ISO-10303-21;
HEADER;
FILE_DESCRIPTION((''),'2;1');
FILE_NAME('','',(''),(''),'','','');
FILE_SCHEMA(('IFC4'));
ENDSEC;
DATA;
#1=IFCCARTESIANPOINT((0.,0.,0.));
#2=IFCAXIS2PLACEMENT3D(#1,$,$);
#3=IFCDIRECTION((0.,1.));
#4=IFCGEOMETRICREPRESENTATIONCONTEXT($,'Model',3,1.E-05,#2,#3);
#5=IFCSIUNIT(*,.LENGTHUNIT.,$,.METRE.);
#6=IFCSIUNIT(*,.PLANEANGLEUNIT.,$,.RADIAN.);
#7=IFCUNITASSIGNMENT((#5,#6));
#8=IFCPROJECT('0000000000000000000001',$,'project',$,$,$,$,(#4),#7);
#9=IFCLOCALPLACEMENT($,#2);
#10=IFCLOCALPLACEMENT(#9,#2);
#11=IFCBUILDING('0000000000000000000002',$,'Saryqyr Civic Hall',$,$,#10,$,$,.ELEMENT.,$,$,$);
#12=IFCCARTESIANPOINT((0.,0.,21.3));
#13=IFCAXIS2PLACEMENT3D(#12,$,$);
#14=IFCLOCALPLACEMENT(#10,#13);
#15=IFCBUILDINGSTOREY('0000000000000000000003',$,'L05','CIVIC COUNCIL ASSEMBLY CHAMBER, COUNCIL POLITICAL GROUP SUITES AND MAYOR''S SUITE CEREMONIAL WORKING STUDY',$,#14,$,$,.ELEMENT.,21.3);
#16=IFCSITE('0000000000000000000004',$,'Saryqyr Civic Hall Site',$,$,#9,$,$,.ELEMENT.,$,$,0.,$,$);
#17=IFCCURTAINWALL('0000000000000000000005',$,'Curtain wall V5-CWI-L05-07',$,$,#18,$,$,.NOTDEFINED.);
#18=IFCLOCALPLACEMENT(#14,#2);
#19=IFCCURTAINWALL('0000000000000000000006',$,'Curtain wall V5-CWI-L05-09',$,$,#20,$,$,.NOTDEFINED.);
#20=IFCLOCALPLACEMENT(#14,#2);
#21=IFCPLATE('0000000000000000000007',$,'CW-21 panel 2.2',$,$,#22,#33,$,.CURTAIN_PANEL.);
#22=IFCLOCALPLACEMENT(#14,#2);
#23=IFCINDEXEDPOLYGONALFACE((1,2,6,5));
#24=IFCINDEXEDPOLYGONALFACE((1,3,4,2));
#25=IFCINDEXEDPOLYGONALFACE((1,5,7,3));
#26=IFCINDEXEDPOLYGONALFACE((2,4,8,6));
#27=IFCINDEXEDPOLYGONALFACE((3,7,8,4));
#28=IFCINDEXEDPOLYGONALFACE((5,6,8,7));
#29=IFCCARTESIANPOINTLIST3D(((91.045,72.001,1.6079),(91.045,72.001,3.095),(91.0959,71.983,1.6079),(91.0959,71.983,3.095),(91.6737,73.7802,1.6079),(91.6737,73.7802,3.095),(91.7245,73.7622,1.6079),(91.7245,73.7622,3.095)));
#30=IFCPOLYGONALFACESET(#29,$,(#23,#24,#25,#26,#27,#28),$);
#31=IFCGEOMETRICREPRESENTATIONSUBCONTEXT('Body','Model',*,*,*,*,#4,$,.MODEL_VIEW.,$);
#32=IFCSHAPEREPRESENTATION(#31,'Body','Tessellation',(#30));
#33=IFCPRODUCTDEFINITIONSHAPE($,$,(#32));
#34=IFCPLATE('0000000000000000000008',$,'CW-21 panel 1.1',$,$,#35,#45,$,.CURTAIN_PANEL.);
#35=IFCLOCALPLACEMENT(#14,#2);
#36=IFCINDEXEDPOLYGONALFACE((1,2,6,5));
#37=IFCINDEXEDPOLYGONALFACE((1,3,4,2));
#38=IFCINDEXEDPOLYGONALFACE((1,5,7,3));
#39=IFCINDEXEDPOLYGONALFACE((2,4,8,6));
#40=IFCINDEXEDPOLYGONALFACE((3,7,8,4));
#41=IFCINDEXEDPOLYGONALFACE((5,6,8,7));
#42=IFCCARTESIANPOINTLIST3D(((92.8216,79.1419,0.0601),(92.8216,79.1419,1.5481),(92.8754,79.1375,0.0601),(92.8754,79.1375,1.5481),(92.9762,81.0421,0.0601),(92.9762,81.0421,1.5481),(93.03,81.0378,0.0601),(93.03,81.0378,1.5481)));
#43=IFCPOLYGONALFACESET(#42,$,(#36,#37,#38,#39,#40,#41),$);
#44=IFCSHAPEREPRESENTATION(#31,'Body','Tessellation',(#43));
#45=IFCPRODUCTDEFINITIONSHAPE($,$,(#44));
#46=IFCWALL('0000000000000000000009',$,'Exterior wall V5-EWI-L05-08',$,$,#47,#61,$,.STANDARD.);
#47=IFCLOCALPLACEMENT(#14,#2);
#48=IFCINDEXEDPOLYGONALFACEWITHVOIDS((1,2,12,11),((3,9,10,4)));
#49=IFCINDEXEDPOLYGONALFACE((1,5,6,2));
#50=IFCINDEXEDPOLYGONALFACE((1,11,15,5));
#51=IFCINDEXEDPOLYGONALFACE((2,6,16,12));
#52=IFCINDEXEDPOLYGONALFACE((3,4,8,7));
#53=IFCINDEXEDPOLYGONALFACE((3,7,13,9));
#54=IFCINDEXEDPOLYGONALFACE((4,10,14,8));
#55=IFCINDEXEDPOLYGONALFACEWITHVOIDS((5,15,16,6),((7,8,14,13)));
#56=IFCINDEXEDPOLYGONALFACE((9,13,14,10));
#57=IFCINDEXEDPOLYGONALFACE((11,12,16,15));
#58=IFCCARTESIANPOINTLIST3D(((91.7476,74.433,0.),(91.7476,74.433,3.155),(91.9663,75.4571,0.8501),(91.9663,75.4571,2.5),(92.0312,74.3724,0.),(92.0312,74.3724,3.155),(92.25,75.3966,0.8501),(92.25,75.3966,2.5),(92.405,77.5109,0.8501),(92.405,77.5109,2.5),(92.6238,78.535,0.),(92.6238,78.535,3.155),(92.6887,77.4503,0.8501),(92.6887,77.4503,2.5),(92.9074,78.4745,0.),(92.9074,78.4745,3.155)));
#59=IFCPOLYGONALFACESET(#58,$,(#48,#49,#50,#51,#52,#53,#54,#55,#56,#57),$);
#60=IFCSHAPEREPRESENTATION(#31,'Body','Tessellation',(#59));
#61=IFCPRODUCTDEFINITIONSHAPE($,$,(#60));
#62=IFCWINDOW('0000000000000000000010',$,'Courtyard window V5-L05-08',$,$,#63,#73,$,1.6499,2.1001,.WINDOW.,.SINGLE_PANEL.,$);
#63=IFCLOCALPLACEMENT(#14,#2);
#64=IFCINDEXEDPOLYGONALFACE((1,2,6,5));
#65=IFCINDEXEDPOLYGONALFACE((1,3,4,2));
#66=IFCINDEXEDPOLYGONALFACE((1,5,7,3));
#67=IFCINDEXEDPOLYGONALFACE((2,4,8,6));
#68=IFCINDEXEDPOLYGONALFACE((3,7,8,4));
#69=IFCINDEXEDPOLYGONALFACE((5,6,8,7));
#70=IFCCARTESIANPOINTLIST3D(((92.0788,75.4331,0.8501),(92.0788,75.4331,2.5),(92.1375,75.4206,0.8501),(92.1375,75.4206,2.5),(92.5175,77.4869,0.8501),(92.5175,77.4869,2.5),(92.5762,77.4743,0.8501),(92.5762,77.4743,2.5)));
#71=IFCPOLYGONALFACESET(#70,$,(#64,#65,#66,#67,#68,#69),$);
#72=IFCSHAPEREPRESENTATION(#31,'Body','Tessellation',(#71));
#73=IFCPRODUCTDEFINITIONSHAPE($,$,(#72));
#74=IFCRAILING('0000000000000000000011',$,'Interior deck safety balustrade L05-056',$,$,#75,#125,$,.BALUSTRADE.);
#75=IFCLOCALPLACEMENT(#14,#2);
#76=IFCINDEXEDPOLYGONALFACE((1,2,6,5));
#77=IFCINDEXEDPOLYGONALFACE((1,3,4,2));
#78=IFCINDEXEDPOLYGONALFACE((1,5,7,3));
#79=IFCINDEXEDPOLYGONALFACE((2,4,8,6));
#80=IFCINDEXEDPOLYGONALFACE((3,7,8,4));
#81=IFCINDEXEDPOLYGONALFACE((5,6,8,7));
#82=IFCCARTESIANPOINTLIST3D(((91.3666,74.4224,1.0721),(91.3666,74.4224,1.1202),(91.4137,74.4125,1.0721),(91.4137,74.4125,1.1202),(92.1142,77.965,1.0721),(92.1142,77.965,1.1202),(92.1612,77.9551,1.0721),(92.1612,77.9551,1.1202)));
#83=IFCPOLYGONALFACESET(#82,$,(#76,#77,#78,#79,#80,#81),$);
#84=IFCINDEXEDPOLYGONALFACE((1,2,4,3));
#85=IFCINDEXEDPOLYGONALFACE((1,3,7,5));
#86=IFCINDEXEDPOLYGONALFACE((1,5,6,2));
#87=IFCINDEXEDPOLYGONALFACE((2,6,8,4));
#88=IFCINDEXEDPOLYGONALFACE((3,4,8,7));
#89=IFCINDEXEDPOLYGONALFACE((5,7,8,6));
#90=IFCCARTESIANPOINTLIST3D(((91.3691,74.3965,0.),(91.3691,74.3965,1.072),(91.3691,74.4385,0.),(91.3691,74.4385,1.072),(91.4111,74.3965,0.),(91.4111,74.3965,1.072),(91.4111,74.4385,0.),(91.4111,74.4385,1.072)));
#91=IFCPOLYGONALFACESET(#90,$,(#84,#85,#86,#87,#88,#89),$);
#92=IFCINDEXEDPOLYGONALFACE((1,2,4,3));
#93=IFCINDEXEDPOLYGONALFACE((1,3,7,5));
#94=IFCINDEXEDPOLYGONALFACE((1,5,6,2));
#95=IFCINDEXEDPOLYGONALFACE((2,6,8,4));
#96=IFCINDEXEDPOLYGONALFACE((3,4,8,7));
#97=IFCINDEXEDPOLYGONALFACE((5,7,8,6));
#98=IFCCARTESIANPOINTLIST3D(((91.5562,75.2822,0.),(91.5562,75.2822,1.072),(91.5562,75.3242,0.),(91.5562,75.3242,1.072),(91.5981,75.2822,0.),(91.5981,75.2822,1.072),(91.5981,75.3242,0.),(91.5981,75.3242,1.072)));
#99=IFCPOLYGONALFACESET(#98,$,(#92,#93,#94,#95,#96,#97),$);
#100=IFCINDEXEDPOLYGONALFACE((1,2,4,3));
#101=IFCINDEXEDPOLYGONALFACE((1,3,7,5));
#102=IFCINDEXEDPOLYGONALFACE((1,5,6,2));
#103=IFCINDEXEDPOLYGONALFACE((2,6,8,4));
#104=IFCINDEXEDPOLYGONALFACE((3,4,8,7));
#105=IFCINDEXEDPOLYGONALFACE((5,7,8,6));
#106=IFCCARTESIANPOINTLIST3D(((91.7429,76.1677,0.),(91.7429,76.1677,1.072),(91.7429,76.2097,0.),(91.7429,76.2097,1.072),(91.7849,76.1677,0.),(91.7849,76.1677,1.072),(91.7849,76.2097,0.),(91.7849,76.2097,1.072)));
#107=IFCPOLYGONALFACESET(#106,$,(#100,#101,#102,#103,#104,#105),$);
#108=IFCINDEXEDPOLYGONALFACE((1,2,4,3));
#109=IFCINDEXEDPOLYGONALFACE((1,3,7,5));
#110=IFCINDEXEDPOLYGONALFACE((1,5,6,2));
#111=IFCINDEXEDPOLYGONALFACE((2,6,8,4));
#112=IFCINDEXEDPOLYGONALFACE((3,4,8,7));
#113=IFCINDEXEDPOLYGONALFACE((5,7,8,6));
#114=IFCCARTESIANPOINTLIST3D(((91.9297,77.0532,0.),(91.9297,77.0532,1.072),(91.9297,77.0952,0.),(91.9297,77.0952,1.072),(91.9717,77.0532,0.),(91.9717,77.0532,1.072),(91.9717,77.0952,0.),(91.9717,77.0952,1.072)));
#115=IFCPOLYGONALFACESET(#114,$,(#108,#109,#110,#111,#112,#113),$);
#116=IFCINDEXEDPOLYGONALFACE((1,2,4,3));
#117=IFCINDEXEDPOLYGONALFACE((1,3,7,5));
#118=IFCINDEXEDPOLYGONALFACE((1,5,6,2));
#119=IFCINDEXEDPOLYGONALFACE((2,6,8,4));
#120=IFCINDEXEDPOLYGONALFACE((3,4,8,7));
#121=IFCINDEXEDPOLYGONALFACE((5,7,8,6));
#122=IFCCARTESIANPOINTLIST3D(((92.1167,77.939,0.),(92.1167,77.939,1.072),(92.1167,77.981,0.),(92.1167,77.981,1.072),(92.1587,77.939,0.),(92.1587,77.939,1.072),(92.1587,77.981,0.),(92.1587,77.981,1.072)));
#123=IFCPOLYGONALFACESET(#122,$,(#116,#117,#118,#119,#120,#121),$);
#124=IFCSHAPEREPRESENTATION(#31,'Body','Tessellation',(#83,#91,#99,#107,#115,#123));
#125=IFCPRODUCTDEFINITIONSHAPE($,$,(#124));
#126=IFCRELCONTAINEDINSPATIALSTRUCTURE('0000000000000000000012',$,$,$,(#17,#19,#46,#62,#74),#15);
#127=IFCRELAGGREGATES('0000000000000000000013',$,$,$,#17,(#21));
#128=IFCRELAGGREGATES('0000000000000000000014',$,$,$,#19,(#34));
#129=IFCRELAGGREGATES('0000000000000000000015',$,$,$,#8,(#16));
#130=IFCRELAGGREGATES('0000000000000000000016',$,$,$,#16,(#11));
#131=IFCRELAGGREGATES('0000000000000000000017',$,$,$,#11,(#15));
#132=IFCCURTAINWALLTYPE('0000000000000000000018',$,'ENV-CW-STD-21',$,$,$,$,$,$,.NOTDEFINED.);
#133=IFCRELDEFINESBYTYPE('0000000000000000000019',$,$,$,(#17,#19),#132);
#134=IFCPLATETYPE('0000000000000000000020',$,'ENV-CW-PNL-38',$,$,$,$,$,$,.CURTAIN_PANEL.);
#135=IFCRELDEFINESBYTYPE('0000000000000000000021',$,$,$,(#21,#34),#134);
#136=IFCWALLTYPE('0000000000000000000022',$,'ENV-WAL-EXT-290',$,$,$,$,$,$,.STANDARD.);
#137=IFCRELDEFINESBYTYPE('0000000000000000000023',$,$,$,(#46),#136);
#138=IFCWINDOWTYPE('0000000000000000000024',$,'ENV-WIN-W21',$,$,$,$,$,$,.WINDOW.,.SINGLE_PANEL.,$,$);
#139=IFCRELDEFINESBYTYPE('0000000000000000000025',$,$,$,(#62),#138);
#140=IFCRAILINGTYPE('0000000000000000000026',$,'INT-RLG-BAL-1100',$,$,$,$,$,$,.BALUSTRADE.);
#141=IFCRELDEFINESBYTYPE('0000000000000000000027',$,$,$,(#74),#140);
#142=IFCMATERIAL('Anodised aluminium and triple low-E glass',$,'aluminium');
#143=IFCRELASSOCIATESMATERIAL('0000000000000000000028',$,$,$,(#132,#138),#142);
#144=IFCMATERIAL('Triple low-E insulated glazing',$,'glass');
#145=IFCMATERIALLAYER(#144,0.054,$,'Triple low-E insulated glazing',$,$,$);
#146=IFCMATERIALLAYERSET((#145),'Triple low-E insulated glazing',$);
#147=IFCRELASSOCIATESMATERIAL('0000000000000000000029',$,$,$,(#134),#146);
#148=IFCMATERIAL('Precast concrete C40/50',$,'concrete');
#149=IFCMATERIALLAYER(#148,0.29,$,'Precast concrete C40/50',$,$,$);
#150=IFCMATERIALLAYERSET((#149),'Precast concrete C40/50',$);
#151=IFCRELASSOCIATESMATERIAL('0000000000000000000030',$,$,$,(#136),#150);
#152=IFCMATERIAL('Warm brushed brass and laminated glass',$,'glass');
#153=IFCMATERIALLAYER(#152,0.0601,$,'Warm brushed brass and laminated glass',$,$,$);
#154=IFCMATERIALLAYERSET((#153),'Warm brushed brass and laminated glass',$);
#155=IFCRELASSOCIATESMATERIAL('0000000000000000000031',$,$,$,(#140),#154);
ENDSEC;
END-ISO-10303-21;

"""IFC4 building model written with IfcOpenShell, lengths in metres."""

from ifc_helpers import new_model, si_unit, direction, frame, frame_2d, origin, origin_2d, place, context, subcontext, project, spatial, rectangle, extrude, material, layer, layer_set, type_object, element, fill, aggregate, save


model = new_model("IFC4")

# Units and contexts
model_context = context("Model", 3, precision=1e-05, world=origin(), true_north=direction((0.0, 1.0)))
body_context = subcontext(model_context, "Body", "Model", "MODEL_VIEW")
ifc_project = project(units=[si_unit("LENGTHUNIT", "METRE"), si_unit("PLANEANGLEUNIT", "RADIAN")], contexts=[model_context])

# Site, building, storey
site_placement = place(None, origin())
site = spatial("IfcSite", under=ifc_project, at=site_placement, Name="Saryqyr Civic Hall Site", CompositionType="ELEMENT", RefElevation=0.0)
building_placement = place(site_placement, origin())
building = spatial("IfcBuilding", under=site, at=building_placement, Name="Saryqyr Civic Hall", CompositionType="ELEMENT")
storey_placement = place(building_placement, frame((0.0, 0.0, 21.3)))
storey = spatial("IfcBuildingStorey", under=building, at=storey_placement, Name="L05", Description="CIVIC COUNCIL ASSEMBLY CHAMBER, COUNCIL POLITICAL GROUP SUITES AND MAYOR'S SUITE CEREMONIAL WORKING STUDY", CompositionType="ELEMENT", Elevation=21.3)

# Curtain walls
ifc_material_1 = material(Name="Anodised aluminium and triple low-E glass", Category="aluminium")
curtain_wall_type_1 = type_object("IfcCurtainWallType", Name="ENV-CW-STD-21", PredefinedType="NOTDEFINED", material=ifc_material_1)
curtain_wall_1_placement = place(storey_placement, origin())
curtain_wall_1 = element("IfcCurtainWall", 1, at=curtain_wall_1_placement, inside=storey, type_object=curtain_wall_type_1, Name="Curtain wall V5-CWI-L05-07", PredefinedType="NOTDEFINED")
curtain_wall_2_placement = place(storey_placement, origin())
curtain_wall_2 = element("IfcCurtainWall", 2, at=curtain_wall_2_placement, inside=storey, type_object=curtain_wall_type_1, Name="Curtain wall V5-CWI-L05-09", PredefinedType="NOTDEFINED")

# Plates
ifc_material_2 = material(Name="Triple low-E insulated glazing", Category="glass")
ifc_layer_1 = layer(ifc_material_2, 0.054, Name="Triple low-E insulated glazing")
ifc_layer_set_1 = layer_set([ifc_layer_1], Name="Triple low-E insulated glazing")
plate_type = type_object("IfcPlateType", Name="ENV-CW-PNL-38", PredefinedType="CURTAIN_PANEL", material=ifc_layer_set_1)
plate_1_placement = place(storey_placement, frame((91.3848, 72.8816, 1.6079), z_axis=(0.0, 0.0, 1.0), x_axis=(0.333172, 0.942866, 0.0)))
plate_1 = element("IfcPlate", 3, at=plate_1_placement, type_object=plate_type, Name="CW-21 panel 2.2", PredefinedType="CURTAIN_PANEL", context=body_context, shape_type="SweptSolid", body=[
    extrude(rectangle(XDim=1.887, YDim=0.054, at=origin_2d()), origin(), (0.0, 0.0, 1.0), 1.4871),
])
aggregate(curtain_wall_1, [plate_1])
plate_2_placement = place(storey_placement, frame((92.9258, 80.0898, 0.0601), z_axis=(0.0, 0.0, 1.0), x_axis=(0.081091, 0.996707, 0.0)))
plate_2 = element("IfcPlate", 4, at=plate_2_placement, type_object=plate_type, Name="CW-21 panel 1.1", PredefinedType="CURTAIN_PANEL", context=body_context, shape_type="SweptSolid", body=[
    extrude(rectangle(XDim=1.9065, YDim=0.054, at=origin_2d()), origin(), (0.0, 0.0, 1.0), 1.488),
])
aggregate(curtain_wall_2, [plate_2])

# Wall, opening, window
ifc_material_3 = material(Name="Precast concrete C40/50", Category="concrete")
ifc_layer_2 = layer(ifc_material_3, 0.29, Name="Precast concrete C40/50")
ifc_layer_set_2 = layer_set([ifc_layer_2], Name="Precast concrete C40/50")
wall_type = type_object("IfcWallType", Name="ENV-WAL-EXT-290", PredefinedType="STANDARD", material=ifc_layer_set_2)
wall_placement = place(storey_placement, frame((91.8894, 74.4028, 0.0), z_axis=(0.0, 0.0, 1.0), x_axis=(0.208893, 0.977938, 0.0)))
wall = element("IfcWall", 5, at=wall_placement, inside=storey, type_object=wall_type, Name="Exterior wall V5-EWI-L05-08", PredefinedType="STANDARD", context=body_context, shape_type="SweptSolid", body=[
    extrude(rectangle(XDim=4.1946, YDim=0.29, at=frame_2d((2.0972, 0.0))), origin(), (0.0, 0.0, 1.0), 3.155),
])
opening_placement = place(wall_placement, frame((1.0471, 0.0, 0.8501)))
opening = element("IfcOpeningElement", 6, at=opening_placement, cuts=wall, PredefinedType="OPENING", context=body_context, shape_type="SweptSolid", body=[
    extrude(rectangle(XDim=2.1001, YDim=1.6499, at=frame_2d((1.05, 0.825))), frame((0.0, 0.155, 0.0), z_axis=(0.0, -1.0, 0.0), x_axis=(1.0, 0.0, 0.0)), (0.0, 0.0, 1.0), 0.3101),
])
window_type = type_object("IfcWindowType", Name="ENV-WIN-W21", PartitioningType="SINGLE_PANEL", PredefinedType="WINDOW", material=ifc_material_1)
window_placement = place(opening_placement, origin())
window = element("IfcWindow", 7, at=window_placement, inside=storey, type_object=window_type, Name="Courtyard window V5-L05-08", OverallHeight=1.6499, OverallWidth=2.1001, PartitioningType="SINGLE_PANEL", PredefinedType="WINDOW", context=body_context, shape_type="SweptSolid", body=[
    extrude(rectangle(XDim=2.1001, YDim=1.6499, at=frame_2d((1.05, 0.825))), frame((0.0, 0.03, 0.0), z_axis=(0.0, -1.0, 0.0), x_axis=(1.0, 0.0, 0.0)), (0.0, 0.0, 1.0), 0.0601),
])
fill(opening, window)

# Railing
ifc_material_4 = material(Name="Warm brushed brass and laminated glass", Category="glass")
ifc_layer_3 = layer(ifc_material_4, 0.0601, Name="Warm brushed brass and laminated glass")
ifc_layer_set_3 = layer_set([ifc_layer_3], Name="Warm brushed brass and laminated glass")
railing_type = type_object("IfcRailingType", Name="INT-RLG-BAL-1100", PredefinedType="BALUSTRADE", material=ifc_layer_set_3)
railing_placement = place(storey_placement, frame((91.3901, 74.4175, 0.0)))
element("IfcRailing", 8, at=railing_placement, inside=storey, type_object=railing_type, Name="Interior deck safety balustrade L05-056", PredefinedType="BALUSTRADE", context=body_context, shape_type="SweptSolid", body=[
    extrude(rectangle(XDim=0.0481, YDim=0.0481, at=origin_2d()), frame((0.0, 0.0, 1.0962), z_axis=(0.206479, 0.978451, 0.0), x_axis=(-0.978451, 0.206479, 0.0)), (0.0, 0.0, 1.0), 3.6206),
    extrude(rectangle(XDim=0.042, YDim=0.042, at=origin_2d()), origin(), (0.0, 0.0, 1.0), 1.072),
    extrude(rectangle(XDim=0.042, YDim=0.042, at=origin_2d()), frame((0.187, 0.8857, 0.0)), (0.0, 0.0, 1.0), 1.072),
    extrude(rectangle(XDim=0.042, YDim=0.042, at=origin_2d()), frame((0.3738, 1.7712, 0.0)), (0.0, 0.0, 1.0), 1.072),
    extrude(rectangle(XDim=0.042, YDim=0.042, at=origin_2d()), frame((0.5605, 2.6567, 0.0)), (0.0, 0.0, 1.0), 1.072),
    extrude(rectangle(XDim=0.042, YDim=0.042, at=origin_2d()), frame((0.7476, 3.5425, 0.0)), (0.0, 0.0, 1.0), 1.072),
])

save(model, "model.ifc")
